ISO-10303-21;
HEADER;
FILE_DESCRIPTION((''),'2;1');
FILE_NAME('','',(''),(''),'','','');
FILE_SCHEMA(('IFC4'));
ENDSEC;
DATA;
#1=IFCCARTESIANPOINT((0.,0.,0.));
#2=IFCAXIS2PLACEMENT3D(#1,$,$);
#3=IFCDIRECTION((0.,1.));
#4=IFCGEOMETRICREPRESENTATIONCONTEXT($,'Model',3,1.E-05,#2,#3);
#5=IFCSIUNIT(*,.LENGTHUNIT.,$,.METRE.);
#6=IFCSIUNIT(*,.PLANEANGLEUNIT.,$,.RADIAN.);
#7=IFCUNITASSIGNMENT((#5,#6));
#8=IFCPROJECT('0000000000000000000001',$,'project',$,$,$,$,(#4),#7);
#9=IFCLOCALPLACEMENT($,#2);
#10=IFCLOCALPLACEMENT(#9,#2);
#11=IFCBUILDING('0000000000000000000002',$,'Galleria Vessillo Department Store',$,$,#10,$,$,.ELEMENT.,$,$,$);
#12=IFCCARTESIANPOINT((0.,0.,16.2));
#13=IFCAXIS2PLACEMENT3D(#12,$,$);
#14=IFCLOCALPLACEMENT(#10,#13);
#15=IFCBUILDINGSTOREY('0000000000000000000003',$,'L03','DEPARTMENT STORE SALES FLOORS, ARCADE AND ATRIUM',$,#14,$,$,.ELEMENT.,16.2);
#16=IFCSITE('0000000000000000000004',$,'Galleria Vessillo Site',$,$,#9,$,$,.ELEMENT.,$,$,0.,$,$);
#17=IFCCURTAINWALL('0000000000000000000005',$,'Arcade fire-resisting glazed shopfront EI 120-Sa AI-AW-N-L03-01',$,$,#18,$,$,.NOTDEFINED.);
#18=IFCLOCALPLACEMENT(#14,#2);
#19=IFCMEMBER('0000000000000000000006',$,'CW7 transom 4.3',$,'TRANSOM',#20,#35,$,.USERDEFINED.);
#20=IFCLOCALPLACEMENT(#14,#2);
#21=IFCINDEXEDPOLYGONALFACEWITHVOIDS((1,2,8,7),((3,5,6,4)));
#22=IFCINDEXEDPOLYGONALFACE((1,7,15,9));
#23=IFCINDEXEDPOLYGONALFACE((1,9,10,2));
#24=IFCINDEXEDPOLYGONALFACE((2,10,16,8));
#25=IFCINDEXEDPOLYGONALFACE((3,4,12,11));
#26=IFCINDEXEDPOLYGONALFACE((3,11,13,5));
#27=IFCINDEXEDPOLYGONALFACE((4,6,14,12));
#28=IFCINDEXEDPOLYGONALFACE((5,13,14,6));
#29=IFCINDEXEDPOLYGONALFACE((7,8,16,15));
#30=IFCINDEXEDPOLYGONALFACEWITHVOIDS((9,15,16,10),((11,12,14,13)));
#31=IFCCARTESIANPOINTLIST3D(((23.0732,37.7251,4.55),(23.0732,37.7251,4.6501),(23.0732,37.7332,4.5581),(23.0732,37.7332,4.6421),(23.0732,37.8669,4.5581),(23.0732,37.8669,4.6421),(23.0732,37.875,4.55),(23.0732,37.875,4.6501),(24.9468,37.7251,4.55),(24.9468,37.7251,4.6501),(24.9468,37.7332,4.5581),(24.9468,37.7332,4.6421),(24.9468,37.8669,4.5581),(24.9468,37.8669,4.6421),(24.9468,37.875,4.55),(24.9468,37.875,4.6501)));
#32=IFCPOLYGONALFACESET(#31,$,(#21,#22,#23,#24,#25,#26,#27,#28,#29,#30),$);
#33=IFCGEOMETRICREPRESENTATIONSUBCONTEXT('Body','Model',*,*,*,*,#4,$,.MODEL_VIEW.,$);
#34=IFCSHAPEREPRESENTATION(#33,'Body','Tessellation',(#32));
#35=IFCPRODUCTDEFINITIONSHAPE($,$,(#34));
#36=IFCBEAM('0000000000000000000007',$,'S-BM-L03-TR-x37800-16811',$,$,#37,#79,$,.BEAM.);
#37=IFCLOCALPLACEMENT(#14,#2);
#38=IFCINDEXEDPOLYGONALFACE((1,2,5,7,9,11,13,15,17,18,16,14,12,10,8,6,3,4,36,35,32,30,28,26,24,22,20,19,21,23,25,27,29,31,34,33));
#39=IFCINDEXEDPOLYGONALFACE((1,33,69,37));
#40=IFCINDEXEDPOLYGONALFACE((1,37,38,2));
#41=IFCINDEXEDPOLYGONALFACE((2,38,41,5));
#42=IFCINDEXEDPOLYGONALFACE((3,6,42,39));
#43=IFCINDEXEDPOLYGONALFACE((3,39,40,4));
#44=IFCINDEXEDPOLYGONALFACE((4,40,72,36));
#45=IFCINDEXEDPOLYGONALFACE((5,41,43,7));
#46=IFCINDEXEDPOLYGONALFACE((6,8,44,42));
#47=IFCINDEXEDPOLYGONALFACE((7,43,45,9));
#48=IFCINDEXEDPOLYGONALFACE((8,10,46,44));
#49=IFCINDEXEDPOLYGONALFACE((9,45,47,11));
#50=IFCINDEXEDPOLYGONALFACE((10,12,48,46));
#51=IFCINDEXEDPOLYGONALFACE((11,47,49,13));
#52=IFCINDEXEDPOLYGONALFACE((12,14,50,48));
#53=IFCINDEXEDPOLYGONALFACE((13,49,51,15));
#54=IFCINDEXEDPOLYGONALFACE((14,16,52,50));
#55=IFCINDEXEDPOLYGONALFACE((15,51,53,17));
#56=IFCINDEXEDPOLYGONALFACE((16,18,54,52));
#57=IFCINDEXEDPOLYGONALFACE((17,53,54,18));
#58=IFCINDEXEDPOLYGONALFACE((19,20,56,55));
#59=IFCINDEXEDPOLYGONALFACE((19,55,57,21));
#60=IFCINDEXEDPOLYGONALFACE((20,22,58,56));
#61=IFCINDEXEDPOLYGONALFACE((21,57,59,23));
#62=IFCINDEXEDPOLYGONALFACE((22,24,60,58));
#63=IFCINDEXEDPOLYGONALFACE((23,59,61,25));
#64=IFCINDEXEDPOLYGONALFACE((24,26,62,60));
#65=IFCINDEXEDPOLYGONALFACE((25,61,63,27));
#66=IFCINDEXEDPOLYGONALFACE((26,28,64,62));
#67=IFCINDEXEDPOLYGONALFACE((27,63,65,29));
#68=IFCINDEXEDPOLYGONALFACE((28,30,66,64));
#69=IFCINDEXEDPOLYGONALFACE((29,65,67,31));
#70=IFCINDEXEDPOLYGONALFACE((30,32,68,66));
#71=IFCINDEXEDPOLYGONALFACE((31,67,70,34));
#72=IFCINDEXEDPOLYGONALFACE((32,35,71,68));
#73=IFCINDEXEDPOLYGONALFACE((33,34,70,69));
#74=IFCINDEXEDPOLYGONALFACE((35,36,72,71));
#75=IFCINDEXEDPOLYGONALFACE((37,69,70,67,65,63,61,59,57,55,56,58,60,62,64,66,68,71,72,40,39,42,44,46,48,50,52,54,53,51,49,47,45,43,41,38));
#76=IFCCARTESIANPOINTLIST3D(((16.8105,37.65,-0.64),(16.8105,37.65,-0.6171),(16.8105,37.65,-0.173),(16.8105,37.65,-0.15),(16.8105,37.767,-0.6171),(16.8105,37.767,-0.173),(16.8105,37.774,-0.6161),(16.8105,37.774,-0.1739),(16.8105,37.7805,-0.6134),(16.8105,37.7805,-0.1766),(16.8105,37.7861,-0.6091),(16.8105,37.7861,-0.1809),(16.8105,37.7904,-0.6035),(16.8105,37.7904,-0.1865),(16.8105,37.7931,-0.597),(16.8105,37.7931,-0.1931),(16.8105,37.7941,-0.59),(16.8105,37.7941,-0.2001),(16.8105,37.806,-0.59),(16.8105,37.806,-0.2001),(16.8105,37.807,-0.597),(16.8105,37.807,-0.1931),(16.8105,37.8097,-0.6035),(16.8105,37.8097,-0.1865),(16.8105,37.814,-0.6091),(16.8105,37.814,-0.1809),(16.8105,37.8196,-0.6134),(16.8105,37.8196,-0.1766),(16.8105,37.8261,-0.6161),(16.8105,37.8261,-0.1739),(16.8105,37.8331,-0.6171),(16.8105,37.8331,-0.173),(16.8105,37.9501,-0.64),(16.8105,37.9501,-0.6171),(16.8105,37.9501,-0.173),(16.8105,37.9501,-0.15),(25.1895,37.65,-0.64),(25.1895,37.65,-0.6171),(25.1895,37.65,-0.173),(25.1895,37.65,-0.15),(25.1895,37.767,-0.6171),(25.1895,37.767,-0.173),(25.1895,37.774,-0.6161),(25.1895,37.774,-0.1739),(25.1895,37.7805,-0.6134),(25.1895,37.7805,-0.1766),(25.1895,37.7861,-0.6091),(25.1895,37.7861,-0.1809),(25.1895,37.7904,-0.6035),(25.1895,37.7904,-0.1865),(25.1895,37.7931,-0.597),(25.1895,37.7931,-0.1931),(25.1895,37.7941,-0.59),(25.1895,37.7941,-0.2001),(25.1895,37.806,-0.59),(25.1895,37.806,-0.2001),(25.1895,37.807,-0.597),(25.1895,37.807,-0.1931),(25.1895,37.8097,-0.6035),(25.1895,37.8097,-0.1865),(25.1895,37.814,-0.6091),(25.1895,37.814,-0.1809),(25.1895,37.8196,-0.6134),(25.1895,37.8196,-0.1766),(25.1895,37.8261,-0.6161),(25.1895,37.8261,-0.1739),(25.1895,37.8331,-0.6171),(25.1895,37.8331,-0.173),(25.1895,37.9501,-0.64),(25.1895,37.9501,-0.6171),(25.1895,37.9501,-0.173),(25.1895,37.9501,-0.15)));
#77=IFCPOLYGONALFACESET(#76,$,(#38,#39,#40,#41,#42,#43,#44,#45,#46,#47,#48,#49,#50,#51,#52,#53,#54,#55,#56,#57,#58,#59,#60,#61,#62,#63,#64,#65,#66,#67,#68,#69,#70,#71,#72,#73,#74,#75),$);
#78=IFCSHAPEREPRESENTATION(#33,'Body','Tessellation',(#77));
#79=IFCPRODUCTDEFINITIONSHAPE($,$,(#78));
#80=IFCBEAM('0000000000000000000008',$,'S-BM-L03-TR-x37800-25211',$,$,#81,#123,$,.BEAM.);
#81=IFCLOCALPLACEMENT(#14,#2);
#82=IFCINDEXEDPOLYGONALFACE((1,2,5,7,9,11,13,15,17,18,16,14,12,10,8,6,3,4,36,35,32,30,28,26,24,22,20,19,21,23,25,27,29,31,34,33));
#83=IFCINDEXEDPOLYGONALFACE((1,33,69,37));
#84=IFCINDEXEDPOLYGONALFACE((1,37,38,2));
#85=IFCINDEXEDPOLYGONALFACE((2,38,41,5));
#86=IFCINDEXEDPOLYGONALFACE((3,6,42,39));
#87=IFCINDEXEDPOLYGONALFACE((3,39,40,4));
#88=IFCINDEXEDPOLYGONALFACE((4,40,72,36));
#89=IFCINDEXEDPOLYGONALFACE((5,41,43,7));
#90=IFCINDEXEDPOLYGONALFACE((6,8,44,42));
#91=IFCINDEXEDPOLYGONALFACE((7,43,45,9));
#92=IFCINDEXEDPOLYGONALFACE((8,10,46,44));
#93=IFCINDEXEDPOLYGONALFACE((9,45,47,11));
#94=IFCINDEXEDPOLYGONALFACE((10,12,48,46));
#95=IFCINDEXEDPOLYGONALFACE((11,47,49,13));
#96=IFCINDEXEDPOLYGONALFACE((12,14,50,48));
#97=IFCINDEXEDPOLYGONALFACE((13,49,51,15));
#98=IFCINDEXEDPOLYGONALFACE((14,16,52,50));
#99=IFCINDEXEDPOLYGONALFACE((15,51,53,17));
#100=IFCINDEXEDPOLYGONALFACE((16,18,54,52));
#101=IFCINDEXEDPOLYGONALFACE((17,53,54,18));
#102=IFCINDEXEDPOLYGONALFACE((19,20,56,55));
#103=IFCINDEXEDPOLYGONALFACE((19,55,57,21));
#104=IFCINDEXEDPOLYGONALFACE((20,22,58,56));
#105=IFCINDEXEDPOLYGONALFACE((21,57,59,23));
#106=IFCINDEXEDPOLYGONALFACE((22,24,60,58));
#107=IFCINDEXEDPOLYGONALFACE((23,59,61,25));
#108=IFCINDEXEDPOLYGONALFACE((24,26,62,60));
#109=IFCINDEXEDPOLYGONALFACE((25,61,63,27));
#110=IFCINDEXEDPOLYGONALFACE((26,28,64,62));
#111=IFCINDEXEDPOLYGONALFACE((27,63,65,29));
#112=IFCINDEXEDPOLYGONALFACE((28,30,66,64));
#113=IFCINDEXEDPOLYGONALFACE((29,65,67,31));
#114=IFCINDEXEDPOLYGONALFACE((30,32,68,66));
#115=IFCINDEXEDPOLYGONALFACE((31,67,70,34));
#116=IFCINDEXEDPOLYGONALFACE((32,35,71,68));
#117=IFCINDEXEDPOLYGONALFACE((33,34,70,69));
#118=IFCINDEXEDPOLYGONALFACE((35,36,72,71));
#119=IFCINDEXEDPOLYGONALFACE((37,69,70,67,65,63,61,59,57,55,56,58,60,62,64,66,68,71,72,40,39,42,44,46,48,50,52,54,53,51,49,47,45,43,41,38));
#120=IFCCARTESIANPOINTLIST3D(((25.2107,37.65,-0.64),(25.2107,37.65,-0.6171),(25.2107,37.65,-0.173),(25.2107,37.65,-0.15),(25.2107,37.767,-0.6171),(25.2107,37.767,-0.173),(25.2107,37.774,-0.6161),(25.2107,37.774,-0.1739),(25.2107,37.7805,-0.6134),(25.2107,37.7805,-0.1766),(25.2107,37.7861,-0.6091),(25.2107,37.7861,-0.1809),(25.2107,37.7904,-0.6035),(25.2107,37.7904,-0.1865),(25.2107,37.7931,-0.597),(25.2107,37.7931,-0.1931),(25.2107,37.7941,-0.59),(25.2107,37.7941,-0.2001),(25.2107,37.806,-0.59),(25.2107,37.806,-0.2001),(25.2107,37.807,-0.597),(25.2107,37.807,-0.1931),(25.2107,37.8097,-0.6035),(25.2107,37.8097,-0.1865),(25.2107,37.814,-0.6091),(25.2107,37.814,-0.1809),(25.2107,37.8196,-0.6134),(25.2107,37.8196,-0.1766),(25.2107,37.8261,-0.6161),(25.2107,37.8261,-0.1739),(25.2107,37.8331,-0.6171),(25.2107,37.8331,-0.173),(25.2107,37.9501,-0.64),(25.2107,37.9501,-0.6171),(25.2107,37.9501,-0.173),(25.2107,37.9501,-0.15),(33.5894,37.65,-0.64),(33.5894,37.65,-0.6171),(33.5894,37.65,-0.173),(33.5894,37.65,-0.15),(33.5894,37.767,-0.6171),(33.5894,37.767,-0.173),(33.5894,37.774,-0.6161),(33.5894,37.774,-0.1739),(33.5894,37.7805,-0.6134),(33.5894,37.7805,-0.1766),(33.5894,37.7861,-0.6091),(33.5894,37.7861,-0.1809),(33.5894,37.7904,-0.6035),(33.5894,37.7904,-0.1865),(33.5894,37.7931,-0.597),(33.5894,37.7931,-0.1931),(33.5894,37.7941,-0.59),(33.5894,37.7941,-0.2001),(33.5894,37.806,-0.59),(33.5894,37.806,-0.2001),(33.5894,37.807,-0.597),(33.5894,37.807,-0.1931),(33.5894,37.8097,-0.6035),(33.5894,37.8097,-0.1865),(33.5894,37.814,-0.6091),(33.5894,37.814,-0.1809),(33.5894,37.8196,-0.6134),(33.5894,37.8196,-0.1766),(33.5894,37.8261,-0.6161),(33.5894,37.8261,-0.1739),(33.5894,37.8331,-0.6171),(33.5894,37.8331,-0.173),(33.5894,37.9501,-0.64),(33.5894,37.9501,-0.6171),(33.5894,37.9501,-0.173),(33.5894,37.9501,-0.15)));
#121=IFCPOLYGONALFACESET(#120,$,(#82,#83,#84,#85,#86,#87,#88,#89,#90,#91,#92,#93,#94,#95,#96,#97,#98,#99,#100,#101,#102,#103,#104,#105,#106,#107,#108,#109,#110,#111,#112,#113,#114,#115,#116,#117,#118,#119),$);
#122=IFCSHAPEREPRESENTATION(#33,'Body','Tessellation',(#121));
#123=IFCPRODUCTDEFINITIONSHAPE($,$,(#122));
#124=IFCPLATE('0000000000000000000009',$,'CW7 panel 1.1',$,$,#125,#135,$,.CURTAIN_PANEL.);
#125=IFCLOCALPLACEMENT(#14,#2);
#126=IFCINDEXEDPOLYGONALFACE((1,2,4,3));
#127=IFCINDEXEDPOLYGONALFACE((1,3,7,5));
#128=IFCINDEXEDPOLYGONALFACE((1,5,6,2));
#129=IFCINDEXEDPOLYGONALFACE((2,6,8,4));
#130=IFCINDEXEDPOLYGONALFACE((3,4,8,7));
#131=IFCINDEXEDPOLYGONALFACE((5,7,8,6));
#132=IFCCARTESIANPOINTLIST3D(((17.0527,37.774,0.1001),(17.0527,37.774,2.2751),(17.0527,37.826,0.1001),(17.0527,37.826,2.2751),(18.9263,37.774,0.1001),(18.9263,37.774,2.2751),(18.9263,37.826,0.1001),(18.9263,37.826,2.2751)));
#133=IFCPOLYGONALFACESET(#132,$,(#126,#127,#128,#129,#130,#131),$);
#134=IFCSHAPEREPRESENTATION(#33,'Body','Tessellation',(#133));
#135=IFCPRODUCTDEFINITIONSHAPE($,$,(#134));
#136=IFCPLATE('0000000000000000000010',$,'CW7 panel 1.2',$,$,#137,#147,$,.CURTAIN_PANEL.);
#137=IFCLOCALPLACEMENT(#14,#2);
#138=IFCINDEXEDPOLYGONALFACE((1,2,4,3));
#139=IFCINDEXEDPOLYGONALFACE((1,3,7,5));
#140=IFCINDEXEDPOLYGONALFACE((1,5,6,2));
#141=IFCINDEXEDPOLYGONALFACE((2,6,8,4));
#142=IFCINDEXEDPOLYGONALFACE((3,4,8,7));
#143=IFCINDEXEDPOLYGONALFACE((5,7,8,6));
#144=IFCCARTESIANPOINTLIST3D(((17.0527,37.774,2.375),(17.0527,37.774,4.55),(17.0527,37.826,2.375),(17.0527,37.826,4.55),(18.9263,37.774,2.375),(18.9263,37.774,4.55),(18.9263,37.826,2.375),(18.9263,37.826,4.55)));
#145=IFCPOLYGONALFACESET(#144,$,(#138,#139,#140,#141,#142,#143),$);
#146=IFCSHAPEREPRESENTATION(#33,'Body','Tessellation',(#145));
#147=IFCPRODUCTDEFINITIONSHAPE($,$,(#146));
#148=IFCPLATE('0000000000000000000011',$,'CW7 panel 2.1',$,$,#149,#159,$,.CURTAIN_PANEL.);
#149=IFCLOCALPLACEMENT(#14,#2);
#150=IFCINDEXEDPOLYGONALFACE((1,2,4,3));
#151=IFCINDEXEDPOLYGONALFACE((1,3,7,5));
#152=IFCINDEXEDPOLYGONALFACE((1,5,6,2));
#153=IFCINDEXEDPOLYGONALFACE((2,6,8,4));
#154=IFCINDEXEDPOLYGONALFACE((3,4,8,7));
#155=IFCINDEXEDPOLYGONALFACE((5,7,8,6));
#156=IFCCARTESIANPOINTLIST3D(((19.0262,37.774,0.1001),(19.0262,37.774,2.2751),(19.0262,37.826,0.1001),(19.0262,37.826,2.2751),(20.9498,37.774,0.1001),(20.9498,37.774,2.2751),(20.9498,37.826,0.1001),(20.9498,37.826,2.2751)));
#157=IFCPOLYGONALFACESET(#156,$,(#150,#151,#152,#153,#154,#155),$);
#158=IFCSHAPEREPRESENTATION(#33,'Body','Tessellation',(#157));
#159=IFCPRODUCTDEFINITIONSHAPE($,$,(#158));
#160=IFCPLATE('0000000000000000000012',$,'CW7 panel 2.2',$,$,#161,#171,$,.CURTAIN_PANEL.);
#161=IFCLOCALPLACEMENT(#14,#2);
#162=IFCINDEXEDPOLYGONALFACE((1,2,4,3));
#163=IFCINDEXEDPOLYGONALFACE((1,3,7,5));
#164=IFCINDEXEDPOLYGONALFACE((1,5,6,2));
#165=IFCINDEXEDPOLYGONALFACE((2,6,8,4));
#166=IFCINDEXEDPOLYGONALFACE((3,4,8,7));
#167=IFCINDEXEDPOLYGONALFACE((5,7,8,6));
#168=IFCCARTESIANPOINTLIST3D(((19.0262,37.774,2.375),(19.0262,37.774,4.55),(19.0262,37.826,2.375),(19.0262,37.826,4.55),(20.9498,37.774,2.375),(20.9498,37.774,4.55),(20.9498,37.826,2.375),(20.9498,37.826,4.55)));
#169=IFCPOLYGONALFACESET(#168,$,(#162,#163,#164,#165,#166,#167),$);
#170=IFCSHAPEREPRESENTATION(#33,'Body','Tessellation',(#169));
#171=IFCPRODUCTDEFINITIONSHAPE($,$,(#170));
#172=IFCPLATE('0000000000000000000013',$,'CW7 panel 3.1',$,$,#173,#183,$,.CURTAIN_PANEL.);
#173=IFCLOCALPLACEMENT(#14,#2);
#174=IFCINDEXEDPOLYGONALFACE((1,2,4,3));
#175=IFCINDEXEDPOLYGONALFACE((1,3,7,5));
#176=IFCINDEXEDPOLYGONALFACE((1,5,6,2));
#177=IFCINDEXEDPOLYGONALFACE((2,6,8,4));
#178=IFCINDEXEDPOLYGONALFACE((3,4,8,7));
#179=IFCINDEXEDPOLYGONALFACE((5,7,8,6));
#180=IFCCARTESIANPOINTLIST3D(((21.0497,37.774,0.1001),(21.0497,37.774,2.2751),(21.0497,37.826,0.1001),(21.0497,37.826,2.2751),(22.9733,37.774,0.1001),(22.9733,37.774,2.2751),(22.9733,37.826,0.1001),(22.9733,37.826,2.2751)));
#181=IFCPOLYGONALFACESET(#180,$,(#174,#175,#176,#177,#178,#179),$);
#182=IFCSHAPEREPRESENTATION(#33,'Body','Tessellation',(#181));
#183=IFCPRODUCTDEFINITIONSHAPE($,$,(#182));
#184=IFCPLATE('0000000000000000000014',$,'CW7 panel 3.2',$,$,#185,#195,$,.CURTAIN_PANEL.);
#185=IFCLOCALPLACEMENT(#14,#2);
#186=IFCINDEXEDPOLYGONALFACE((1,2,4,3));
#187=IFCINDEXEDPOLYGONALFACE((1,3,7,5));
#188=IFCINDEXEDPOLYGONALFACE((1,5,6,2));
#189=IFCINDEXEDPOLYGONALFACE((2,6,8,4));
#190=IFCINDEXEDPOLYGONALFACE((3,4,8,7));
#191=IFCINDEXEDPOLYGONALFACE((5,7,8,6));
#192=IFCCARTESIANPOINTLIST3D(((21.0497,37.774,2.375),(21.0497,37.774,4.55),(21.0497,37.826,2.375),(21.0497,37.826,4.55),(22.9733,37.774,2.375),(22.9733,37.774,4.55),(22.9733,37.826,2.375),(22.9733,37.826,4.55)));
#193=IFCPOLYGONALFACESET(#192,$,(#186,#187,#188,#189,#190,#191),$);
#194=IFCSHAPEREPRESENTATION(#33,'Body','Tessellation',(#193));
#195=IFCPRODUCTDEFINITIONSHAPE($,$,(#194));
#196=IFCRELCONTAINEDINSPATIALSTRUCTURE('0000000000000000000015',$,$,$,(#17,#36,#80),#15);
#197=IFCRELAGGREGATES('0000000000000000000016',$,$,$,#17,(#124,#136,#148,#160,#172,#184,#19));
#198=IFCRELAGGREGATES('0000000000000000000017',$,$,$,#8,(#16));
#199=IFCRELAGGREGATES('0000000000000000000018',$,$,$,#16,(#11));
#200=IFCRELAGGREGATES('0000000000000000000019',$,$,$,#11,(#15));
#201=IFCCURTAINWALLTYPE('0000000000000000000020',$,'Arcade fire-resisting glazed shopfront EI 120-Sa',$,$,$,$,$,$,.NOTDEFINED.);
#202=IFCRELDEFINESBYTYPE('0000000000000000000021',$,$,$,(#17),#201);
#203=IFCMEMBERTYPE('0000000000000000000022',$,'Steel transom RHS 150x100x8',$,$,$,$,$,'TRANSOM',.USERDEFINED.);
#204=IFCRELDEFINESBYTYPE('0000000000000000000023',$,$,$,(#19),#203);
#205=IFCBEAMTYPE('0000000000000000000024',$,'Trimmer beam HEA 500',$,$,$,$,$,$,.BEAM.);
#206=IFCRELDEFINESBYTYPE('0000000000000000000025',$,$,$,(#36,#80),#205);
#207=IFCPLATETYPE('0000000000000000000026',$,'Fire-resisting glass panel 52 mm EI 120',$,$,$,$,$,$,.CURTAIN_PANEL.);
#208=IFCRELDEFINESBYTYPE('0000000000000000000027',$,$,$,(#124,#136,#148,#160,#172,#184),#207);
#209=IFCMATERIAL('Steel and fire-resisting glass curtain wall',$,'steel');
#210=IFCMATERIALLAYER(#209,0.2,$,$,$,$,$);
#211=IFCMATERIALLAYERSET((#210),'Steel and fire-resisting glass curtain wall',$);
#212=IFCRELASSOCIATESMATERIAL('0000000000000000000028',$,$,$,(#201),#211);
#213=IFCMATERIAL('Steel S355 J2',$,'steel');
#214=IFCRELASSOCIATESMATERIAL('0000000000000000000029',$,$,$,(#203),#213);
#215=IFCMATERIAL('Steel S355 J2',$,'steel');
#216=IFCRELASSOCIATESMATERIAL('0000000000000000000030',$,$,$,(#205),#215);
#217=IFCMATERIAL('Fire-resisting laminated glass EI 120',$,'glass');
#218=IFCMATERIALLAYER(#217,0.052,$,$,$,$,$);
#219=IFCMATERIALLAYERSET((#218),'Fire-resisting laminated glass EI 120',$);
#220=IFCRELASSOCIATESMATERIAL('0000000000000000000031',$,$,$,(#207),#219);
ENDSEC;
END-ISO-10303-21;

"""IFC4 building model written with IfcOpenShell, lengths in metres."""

from ifc_helpers import new_model, si_unit, direction, frame, origin, origin_2d, place, context, subcontext, project, spatial, rectangle, hollow_rectangle, i_section, extrude, material, layer, layer_set, material_profile, profile_set, type_object, element, aggregate, save


model = new_model("IFC4")

# Units and contexts
model_context = context("Model", 3, precision=1e-05, world=origin(), true_north=direction((0.0, 1.0)))
body_context = subcontext(model_context, "Body", "Model", "MODEL_VIEW")
ifc_project = project(units=[si_unit("LENGTHUNIT", "METRE"), si_unit("PLANEANGLEUNIT", "RADIAN")], contexts=[model_context])

# Site, building, storey
site_placement = place(None, origin())
site = spatial("IfcSite", under=ifc_project, at=site_placement, Name="Galleria Vessillo Site", CompositionType="ELEMENT", RefElevation=0.0)
building_placement = place(site_placement, origin())
building = spatial("IfcBuilding", under=site, at=building_placement, Name="Galleria Vessillo Department Store", CompositionType="ELEMENT")
storey_placement = place(building_placement, frame((0.0, 0.0, 16.2)))
storey = spatial("IfcBuildingStorey", under=building, at=storey_placement, Name="L03", Description="DEPARTMENT STORE SALES FLOORS, ARCADE AND ATRIUM", CompositionType="ELEMENT", Elevation=16.2)

# Curtain wall, member
ifc_material_1 = material(Name="Steel and fire-resisting glass curtain wall", Category="steel")
ifc_layer_1 = layer(ifc_material_1, 0.2)
ifc_layer_set_1 = layer_set([ifc_layer_1], Name="Steel and fire-resisting glass curtain wall")
curtain_wall_type = type_object("IfcCurtainWallType", Name="Arcade fire-resisting glazed shopfront EI 120-Sa", PredefinedType="NOTDEFINED", material=ifc_layer_set_1)
curtain_wall_placement = place(storey_placement, origin())
curtain_wall = element("IfcCurtainWall", 1, at=curtain_wall_placement, inside=storey, type_object=curtain_wall_type, Name="Arcade fire-resisting glazed shopfront EI 120-Sa AI-AW-N-L03-01", PredefinedType="NOTDEFINED")
ifc_material_2 = material(Name="Steel S355 J2", Category="steel")
ifc_material_profile_1 = material_profile(ifc_material_2, hollow_rectangle(XDim=0.1499, YDim=0.1001, WallThickness=0.0081, at=origin_2d()), Name="RHS 150x100x8")
ifc_profile_set_1 = profile_set([ifc_material_profile_1], Name="Steel S355 J2")
member_type_1 = type_object("IfcMemberType", Name="Steel transom RHS 150x100x8", ElementType="TRANSOM", PredefinedType="USERDEFINED", material=ifc_profile_set_1)
member_1_placement = place(storey_placement, frame((23.0732, 37.8, 4.6001), z_axis=(1.0, 0.0, 0.0), x_axis=(0.0, 1.0, 0.0)))
member_1 = element("IfcMember", 2, at=member_1_placement, type_object=member_type_1, Name="CW7 transom 4.3", ObjectType="TRANSOM", PredefinedType="USERDEFINED", context=body_context, shape_type="SweptSolid", body=[
    extrude(hollow_rectangle(XDim=0.1499, YDim=0.1001, WallThickness=0.0081, at=origin_2d()), origin(), (0.0, 0.0, 1.0), 1.8735),
])

# Beams
ifc_material_3 = material(Name="Steel S355 J2", Category="steel")
ifc_material_profile_2 = material_profile(ifc_material_3, i_section(OverallWidth=0.3, OverallDepth=0.49, WebThickness=0.012, FlangeThickness=0.0229, FilletRadius=0.0271, at=origin_2d()), Name="HEA 500")
ifc_profile_set_2 = profile_set([ifc_material_profile_2], Name="Steel S355 J2")
beam_type_1 = type_object("IfcBeamType", Name="Trimmer beam HEA 500", PredefinedType="BEAM", material=ifc_profile_set_2)
beam_1_placement = place(storey_placement, frame((16.8105, 37.8, -0.395), z_axis=(1.0, 0.0, 0.0), x_axis=(0.0, 1.0, 0.0)))
element("IfcBeam", 3, at=beam_1_placement, inside=storey, type_object=beam_type_1, Name="S-BM-L03-TR-x37800-16811", PredefinedType="BEAM", context=body_context, shape_type="SweptSolid", body=[
    extrude(i_section(OverallWidth=0.3, OverallDepth=0.49, WebThickness=0.012, FlangeThickness=0.0229, FilletRadius=0.0271, at=origin_2d()), origin(), (0.0, 0.0, 1.0), 8.3789),
])
beam_2_placement = place(storey_placement, frame((25.2107, 37.8, -0.395), z_axis=(1.0, 0.0, 0.0), x_axis=(0.0, 1.0, 0.0)))
element("IfcBeam", 4, at=beam_2_placement, inside=storey, type_object=beam_type_1, Name="S-BM-L03-TR-x37800-25211", PredefinedType="BEAM", context=body_context, shape_type="SweptSolid", body=[
    extrude(i_section(OverallWidth=0.3, OverallDepth=0.49, WebThickness=0.012, FlangeThickness=0.0229, FilletRadius=0.0271, at=origin_2d()), origin(), (0.0, 0.0, 1.0), 8.3787),
])

# Plates
ifc_material_4 = material(Name="Fire-resisting laminated glass EI 120", Category="glass")
ifc_layer_2 = layer(ifc_material_4, 0.052)
ifc_layer_set_2 = layer_set([ifc_layer_2], Name="Fire-resisting laminated glass EI 120")
plate_type = type_object("IfcPlateType", Name="Fire-resisting glass panel 52 mm EI 120", PredefinedType="CURTAIN_PANEL", material=ifc_layer_set_2)
plate_1_placement = place(storey_placement, frame((17.9895, 37.8, 0.1001), z_axis=(0.0, 0.0, 1.0), x_axis=(1.0, 0.0, 0.0)))
plate_1 = element("IfcPlate", 5, at=plate_1_placement, type_object=plate_type, Name="CW7 panel 1.1", PredefinedType="CURTAIN_PANEL", context=body_context, shape_type="SweptSolid", body=[
    extrude(rectangle(XDim=1.8735, YDim=0.052, at=origin_2d()), origin(), (0.0, 0.0, 1.0), 2.175),
])
plate_2_placement = place(storey_placement, frame((17.9895, 37.8, 2.375), z_axis=(0.0, 0.0, 1.0), x_axis=(1.0, 0.0, 0.0)))
plate_2 = element("IfcPlate", 6, at=plate_2_placement, type_object=plate_type, Name="CW7 panel 1.2", PredefinedType="CURTAIN_PANEL", context=body_context, shape_type="SweptSolid", body=[
    extrude(rectangle(XDim=1.8735, YDim=0.052, at=origin_2d()), origin(), (0.0, 0.0, 1.0), 2.175),
])
plate_3_placement = place(storey_placement, frame((19.988, 37.8, 0.1001), z_axis=(0.0, 0.0, 1.0), x_axis=(1.0, 0.0, 0.0)))
plate_3 = element("IfcPlate", 7, at=plate_3_placement, type_object=plate_type, Name="CW7 panel 2.1", PredefinedType="CURTAIN_PANEL", context=body_context, shape_type="SweptSolid", body=[
    extrude(rectangle(XDim=1.9236, YDim=0.052, at=origin_2d()), origin(), (0.0, 0.0, 1.0), 2.175),
])
plate_4_placement = place(storey_placement, frame((19.988, 37.8, 2.375), z_axis=(0.0, 0.0, 1.0), x_axis=(1.0, 0.0, 0.0)))
plate_4 = element("IfcPlate", 8, at=plate_4_placement, type_object=plate_type, Name="CW7 panel 2.2", PredefinedType="CURTAIN_PANEL", context=body_context, shape_type="SweptSolid", body=[
    extrude(rectangle(XDim=1.9236, YDim=0.052, at=origin_2d()), origin(), (0.0, 0.0, 1.0), 2.175),
])
plate_5_placement = place(storey_placement, frame((22.0115, 37.8, 0.1001), z_axis=(0.0, 0.0, 1.0), x_axis=(1.0, 0.0, 0.0)))
plate_5 = element("IfcPlate", 9, at=plate_5_placement, type_object=plate_type, Name="CW7 panel 3.1", PredefinedType="CURTAIN_PANEL", context=body_context, shape_type="SweptSolid", body=[
    extrude(rectangle(XDim=1.9236, YDim=0.052, at=origin_2d()), origin(), (0.0, 0.0, 1.0), 2.175),
])
plate_6_placement = place(storey_placement, frame((22.0115, 37.8, 2.375), z_axis=(0.0, 0.0, 1.0), x_axis=(1.0, 0.0, 0.0)))
plate_6 = element("IfcPlate", 10, at=plate_6_placement, type_object=plate_type, Name="CW7 panel 3.2", PredefinedType="CURTAIN_PANEL", context=body_context, shape_type="SweptSolid", body=[
    extrude(rectangle(XDim=1.9236, YDim=0.052, at=origin_2d()), origin(), (0.0, 0.0, 1.0), 2.175),
])
aggregate(curtain_wall, [plate_1, plate_2, plate_3, plate_4, plate_5, plate_6, member_1])

save(model, "model.ifc")
